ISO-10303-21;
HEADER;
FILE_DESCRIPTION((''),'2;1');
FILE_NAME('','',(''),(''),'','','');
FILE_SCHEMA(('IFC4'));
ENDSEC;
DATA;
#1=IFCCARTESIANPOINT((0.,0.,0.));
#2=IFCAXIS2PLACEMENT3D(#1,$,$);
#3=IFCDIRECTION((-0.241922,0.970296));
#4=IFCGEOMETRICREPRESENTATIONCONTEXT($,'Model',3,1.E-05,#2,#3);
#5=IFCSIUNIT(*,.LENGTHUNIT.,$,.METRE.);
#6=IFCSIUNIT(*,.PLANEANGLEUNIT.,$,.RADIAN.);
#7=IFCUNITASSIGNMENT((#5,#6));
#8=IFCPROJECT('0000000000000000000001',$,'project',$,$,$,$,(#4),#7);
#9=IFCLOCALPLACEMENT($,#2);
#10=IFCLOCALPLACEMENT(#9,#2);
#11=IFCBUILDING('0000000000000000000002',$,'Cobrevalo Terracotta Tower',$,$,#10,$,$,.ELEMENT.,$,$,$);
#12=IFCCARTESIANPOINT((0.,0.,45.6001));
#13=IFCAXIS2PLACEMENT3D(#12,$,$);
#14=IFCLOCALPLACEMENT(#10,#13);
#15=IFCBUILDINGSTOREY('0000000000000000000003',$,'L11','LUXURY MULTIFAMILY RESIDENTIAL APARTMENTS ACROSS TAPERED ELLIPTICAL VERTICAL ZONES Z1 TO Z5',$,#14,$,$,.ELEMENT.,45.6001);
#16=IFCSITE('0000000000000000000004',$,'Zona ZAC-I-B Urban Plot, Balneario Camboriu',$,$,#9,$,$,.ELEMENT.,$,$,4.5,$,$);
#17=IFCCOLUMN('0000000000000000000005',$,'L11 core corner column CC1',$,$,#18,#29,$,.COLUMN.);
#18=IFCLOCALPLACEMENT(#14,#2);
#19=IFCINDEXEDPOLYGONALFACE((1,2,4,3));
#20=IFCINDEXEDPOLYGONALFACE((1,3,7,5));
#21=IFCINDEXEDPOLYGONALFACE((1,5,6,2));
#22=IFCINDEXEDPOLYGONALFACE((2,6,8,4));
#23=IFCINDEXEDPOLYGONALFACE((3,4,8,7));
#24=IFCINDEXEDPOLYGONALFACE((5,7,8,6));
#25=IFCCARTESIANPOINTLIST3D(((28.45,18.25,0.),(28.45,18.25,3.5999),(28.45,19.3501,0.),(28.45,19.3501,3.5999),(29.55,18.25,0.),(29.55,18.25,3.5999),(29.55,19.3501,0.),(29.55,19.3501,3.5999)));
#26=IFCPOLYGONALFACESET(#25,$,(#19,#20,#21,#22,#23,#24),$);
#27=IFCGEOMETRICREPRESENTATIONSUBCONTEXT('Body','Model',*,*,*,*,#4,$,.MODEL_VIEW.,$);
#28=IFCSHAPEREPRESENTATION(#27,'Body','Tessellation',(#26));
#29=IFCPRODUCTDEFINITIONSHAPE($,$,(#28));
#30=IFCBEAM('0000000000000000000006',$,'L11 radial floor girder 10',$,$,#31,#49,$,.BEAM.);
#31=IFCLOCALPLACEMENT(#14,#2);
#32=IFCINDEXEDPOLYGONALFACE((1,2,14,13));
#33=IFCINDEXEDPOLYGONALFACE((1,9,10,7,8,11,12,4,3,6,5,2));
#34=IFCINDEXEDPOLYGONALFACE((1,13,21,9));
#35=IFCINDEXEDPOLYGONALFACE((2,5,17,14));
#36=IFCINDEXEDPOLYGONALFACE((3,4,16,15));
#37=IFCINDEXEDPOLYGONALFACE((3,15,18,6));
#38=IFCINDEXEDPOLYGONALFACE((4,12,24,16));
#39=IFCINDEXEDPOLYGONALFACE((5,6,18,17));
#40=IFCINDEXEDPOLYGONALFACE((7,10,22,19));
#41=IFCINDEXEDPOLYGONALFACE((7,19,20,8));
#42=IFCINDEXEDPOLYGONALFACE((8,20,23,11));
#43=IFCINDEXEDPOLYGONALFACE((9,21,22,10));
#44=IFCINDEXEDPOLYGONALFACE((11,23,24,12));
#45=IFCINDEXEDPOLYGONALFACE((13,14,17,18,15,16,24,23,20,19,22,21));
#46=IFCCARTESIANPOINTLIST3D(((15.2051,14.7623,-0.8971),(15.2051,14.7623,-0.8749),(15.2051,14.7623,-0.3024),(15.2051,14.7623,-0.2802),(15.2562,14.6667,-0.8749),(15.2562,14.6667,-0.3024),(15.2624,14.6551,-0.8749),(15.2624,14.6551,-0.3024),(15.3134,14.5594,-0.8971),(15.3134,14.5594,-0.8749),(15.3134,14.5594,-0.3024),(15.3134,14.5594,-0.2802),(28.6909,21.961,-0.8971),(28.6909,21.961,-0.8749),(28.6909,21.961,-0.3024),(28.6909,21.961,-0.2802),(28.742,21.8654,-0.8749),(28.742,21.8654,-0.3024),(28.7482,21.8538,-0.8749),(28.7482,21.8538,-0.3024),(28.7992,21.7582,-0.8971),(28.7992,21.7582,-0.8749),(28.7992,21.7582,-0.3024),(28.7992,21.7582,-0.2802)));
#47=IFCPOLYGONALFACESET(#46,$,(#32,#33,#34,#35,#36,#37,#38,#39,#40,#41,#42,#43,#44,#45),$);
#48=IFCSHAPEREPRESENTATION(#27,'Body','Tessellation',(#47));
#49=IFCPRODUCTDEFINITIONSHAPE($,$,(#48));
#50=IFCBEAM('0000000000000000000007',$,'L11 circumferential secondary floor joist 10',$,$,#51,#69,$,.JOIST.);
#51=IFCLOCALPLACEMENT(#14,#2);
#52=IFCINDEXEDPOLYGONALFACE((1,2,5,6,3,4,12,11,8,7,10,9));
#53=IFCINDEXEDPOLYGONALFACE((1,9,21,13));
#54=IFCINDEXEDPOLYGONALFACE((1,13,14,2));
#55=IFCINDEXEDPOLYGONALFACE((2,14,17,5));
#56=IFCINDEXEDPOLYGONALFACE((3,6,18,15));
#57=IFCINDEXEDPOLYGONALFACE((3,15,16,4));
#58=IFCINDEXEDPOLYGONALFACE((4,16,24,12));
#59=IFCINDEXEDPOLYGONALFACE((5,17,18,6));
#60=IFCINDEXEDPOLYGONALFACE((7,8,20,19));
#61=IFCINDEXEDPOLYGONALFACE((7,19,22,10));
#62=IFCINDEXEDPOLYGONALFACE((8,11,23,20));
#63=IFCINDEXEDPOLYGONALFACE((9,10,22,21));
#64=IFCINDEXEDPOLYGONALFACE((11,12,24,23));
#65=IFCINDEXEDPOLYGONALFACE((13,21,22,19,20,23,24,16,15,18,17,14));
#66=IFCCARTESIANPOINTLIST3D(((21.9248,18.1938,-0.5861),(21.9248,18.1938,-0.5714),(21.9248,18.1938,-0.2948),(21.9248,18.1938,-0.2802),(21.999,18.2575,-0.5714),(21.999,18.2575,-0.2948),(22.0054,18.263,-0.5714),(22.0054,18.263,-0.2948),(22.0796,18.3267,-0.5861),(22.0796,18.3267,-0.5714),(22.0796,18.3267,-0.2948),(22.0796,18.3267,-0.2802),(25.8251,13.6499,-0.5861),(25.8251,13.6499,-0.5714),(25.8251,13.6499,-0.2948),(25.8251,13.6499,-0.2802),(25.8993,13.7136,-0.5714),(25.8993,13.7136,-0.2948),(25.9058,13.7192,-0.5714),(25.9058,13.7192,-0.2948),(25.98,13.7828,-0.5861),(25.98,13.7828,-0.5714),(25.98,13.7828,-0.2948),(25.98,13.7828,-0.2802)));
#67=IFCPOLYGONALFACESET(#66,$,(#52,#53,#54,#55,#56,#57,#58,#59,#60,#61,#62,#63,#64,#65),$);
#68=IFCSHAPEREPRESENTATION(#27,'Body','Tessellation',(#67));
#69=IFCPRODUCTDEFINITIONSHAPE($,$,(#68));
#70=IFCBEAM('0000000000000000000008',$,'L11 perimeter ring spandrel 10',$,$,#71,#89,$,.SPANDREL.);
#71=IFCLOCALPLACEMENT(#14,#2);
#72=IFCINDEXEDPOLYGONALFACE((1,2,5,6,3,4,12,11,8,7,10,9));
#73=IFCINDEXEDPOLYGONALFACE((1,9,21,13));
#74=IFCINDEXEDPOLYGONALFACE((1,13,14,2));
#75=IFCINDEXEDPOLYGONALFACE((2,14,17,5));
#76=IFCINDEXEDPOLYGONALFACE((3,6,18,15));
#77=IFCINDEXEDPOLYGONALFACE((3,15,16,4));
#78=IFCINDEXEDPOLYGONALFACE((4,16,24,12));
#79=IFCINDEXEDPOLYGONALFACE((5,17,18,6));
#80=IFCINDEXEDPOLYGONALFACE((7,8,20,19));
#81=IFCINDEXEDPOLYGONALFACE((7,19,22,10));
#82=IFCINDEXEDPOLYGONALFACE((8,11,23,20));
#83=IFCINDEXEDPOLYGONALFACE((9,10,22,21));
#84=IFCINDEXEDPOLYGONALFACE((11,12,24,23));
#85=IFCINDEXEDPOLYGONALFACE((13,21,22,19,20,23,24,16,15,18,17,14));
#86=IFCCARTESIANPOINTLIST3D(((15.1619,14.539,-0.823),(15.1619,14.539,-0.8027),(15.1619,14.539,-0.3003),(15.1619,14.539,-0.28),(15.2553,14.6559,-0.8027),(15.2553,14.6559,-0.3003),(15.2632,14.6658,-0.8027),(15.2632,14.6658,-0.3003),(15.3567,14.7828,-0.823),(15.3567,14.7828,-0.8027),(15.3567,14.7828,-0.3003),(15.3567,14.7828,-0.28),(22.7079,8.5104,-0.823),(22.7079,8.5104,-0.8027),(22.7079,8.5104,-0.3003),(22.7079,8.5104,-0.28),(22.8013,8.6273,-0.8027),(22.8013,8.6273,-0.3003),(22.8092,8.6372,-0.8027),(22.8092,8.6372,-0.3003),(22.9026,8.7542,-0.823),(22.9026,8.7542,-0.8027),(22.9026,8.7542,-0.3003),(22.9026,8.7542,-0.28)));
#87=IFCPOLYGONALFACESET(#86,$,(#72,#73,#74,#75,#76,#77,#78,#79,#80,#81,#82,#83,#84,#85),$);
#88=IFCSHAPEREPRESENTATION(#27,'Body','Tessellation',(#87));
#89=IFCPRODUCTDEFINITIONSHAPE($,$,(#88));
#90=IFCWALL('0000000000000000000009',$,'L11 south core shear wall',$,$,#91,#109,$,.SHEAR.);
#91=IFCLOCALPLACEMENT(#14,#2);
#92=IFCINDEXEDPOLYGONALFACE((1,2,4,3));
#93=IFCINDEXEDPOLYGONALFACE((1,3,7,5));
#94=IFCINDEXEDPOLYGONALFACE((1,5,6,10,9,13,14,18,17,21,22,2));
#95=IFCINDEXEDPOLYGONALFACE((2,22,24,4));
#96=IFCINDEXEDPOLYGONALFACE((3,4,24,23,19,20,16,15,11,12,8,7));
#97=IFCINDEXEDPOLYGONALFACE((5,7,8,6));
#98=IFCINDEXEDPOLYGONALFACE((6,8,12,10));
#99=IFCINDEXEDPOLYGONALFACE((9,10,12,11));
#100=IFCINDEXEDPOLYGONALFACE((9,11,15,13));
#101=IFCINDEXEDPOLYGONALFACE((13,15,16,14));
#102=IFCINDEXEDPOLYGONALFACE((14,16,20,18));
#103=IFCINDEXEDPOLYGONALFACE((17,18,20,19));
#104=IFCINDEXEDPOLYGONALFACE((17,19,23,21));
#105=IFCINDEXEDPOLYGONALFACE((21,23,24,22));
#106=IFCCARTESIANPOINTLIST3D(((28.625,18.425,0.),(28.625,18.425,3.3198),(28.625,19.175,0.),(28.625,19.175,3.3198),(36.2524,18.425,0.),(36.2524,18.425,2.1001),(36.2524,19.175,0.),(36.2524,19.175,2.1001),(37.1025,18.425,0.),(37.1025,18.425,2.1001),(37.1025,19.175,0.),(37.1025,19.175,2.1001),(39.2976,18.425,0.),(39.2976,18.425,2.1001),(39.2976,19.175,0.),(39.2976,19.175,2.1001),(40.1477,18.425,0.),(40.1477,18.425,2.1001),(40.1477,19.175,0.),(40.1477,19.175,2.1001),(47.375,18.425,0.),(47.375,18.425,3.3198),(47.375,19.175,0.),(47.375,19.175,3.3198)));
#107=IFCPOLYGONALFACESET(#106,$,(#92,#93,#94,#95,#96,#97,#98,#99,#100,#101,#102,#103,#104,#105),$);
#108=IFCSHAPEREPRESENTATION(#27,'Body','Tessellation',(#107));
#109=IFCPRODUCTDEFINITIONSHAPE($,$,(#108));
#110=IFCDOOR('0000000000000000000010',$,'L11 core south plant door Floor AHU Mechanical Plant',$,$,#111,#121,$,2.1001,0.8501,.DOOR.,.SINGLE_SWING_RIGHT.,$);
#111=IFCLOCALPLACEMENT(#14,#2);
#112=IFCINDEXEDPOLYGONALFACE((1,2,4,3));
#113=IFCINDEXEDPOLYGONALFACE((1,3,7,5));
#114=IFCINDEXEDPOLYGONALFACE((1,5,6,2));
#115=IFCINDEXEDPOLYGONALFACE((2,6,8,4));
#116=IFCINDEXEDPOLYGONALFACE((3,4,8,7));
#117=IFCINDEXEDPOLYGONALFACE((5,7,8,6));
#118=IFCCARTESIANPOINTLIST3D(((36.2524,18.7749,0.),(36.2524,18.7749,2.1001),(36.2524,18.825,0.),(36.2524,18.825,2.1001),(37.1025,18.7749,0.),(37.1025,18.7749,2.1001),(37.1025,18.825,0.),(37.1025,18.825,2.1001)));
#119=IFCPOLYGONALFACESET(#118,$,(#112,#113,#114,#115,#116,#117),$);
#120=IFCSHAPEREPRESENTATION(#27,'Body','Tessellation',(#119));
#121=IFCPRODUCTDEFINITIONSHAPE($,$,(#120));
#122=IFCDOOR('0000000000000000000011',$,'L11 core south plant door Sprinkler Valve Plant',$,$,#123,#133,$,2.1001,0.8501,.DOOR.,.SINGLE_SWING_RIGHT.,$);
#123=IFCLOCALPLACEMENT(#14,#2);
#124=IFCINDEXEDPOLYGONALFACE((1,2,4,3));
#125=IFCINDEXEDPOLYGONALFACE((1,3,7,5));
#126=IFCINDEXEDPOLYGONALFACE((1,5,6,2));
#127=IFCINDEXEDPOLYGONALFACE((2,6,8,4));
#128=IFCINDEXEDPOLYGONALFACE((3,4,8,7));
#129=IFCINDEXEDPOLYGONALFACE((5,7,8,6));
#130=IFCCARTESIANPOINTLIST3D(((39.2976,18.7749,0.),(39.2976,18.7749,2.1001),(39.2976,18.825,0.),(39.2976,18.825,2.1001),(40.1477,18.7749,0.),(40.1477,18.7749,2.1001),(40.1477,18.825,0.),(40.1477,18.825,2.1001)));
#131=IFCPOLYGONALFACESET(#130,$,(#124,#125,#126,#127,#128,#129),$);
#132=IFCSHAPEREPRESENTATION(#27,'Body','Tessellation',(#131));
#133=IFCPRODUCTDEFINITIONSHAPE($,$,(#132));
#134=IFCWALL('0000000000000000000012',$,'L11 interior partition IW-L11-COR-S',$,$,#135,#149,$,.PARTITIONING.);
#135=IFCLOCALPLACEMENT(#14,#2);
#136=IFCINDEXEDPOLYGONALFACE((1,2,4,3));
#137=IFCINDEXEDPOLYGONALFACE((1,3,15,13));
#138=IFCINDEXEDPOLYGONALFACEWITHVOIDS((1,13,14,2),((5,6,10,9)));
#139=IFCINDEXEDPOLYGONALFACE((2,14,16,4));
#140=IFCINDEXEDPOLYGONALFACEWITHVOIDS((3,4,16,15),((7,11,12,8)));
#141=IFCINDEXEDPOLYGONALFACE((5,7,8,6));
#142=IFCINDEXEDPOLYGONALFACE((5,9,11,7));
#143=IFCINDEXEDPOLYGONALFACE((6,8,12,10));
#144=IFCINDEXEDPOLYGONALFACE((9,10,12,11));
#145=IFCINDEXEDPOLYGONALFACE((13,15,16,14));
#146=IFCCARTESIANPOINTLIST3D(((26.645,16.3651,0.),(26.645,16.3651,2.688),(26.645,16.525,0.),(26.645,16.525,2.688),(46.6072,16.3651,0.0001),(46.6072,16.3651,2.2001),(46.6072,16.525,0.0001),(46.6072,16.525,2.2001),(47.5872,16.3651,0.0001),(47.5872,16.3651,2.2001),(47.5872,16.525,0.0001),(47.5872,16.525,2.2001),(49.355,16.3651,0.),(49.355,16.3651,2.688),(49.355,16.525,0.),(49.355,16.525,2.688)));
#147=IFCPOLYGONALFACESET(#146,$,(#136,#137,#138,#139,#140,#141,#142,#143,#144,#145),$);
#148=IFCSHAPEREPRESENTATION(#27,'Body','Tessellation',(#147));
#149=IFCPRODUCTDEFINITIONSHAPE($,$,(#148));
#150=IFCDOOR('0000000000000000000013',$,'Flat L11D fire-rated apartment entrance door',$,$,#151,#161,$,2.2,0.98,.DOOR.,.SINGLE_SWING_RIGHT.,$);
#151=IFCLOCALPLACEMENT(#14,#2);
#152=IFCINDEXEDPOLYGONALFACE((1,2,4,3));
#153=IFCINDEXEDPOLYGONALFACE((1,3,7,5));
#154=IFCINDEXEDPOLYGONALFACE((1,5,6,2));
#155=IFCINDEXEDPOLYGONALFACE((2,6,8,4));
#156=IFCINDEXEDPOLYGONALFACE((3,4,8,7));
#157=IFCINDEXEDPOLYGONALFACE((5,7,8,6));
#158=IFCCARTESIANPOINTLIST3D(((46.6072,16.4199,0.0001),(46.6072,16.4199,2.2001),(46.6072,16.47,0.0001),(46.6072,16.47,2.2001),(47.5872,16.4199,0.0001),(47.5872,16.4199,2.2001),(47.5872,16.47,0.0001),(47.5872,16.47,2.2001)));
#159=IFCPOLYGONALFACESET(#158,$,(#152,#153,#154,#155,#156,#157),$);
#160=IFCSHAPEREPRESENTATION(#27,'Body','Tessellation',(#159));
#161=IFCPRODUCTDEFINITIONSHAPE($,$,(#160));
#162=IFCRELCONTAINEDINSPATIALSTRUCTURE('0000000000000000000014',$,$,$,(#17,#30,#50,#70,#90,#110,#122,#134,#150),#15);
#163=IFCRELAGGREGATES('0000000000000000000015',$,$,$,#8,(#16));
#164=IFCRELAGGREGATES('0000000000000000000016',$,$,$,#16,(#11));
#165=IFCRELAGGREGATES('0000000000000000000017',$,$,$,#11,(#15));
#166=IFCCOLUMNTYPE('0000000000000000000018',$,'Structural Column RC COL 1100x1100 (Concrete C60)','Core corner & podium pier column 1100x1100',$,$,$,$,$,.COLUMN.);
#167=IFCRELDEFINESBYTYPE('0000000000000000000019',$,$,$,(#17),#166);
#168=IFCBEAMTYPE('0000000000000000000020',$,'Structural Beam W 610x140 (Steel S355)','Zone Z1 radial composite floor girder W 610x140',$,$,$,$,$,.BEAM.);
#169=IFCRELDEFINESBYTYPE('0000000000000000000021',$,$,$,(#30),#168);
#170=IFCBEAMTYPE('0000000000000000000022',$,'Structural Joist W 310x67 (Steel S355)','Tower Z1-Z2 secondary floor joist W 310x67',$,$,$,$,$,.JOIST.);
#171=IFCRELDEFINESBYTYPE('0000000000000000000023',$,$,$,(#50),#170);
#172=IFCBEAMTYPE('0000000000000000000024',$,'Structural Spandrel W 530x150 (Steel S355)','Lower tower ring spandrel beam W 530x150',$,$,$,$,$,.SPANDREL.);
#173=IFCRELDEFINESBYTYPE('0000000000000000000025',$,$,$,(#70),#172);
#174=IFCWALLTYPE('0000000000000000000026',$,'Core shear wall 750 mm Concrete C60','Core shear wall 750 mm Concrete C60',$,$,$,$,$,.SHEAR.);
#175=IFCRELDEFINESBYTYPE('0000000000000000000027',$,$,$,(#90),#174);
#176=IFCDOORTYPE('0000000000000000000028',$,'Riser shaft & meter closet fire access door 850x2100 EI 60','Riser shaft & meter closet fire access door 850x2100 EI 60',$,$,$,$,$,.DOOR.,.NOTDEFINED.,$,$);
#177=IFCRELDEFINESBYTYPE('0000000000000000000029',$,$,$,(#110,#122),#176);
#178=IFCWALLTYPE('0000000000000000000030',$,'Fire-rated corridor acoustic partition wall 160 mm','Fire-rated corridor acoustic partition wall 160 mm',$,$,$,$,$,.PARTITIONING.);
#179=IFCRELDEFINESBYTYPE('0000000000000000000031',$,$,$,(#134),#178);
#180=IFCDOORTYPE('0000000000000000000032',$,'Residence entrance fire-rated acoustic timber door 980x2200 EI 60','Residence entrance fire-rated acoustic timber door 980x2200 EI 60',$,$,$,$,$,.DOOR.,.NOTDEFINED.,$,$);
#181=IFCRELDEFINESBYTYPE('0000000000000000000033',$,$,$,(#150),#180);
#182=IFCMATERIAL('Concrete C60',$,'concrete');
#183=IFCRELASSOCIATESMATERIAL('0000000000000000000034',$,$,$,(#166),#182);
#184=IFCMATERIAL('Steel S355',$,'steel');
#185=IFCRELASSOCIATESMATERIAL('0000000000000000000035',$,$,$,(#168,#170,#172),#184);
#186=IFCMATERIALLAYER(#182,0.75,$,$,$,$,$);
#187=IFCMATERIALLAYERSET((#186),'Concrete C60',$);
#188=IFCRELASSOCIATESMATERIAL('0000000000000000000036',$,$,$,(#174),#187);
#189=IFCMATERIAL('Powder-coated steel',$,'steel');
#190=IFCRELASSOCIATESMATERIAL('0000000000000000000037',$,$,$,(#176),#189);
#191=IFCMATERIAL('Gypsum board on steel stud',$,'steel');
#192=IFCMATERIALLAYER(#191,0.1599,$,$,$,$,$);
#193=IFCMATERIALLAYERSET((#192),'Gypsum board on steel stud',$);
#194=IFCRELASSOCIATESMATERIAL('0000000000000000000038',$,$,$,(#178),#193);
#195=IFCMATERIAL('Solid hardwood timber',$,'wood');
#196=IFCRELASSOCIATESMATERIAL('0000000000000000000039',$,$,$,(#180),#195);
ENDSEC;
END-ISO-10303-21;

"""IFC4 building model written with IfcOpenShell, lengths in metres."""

from ifc_helpers import new_model, si_unit, direction, frame, frame_2d, origin, origin_2d, place, context, subcontext, project, spatial, rectangle, i_section, extrude, source, transform, mapped, material, layer, layer_set, material_profile, profile_set, type_object, element, fill, save


model = new_model("IFC4")

# Units and contexts
model_context = context("Model", 3, precision=1e-05, world=origin(), true_north=direction((-0.241922, 0.970296)))
body_context = subcontext(model_context, "Body", "Model", "MODEL_VIEW")
ifc_project = project(units=[si_unit("LENGTHUNIT", "METRE"), si_unit("PLANEANGLEUNIT", "RADIAN")], contexts=[model_context])

# Site, building, storey
site_placement = place(None, origin())
site = spatial("IfcSite", under=ifc_project, at=site_placement, Name="Zona ZAC-I-B Urban Plot, Balneario Camboriu", CompositionType="ELEMENT", RefElevation=4.5)
building_placement = place(site_placement, origin())
building = spatial("IfcBuilding", under=site, at=building_placement, Name="Cobrevalo Terracotta Tower", CompositionType="ELEMENT")
storey_placement = place(building_placement, frame((0.0, 0.0, 45.6001)))
storey = spatial("IfcBuildingStorey", under=building, at=storey_placement, Name="L11", Description="LUXURY MULTIFAMILY RESIDENTIAL APARTMENTS ACROSS TAPERED ELLIPTICAL VERTICAL ZONES Z1 TO Z5", CompositionType="ELEMENT", Elevation=45.6001)

# Column
ifc_material_1 = material(Name="Concrete C60", Category="concrete")
ifc_material_profile_1 = material_profile(ifc_material_1, rectangle(XDim=1.1001, YDim=1.1001, at=origin_2d()), Name="RC COL 1100x1100")
ifc_profile_set_1 = profile_set([ifc_material_profile_1], Name="Concrete C60")
column_type = type_object("IfcColumnType", Name="Structural Column RC COL 1100x1100 (Concrete C60)", Description="Core corner & podium pier column 1100x1100", PredefinedType="COLUMN", material=ifc_profile_set_1)
column_placement = place(storey_placement, frame((29.0, 18.8, 0.0), z_axis=(0.0, 0.0, 1.0), x_axis=(1.0, 0.0, 0.0)))
element("IfcColumn", 1, at=column_placement, inside=storey, type_object=column_type, Name="L11 core corner column CC1", PredefinedType="COLUMN", context=body_context, shape_type="SweptSolid", body=[
    extrude(rectangle(XDim=1.1001, YDim=1.1001, at=origin_2d()), origin(), (0.0, 0.0, 1.0), 3.5999),
])

# Beams
ifc_material_2 = material(Name="Steel S355", Category="steel")
ifc_material_profile_2 = material_profile(ifc_material_2, i_section(OverallWidth=0.23, OverallDepth=0.6169, WebThickness=0.0132, FlangeThickness=0.0222, at=origin_2d()), Name="W 610x140")
ifc_profile_set_2 = profile_set([ifc_material_profile_2], Name="Steel S355")
beam_type_1 = type_object("IfcBeamType", Name="Structural Beam W 610x140 (Steel S355)", Description="Zone Z1 radial composite floor girder W 610x140", PredefinedType="BEAM", material=ifc_profile_set_2)
beam_1_placement = place(storey_placement, frame((15.2593, 14.6609, -0.5886), z_axis=(0.882182, 0.470908, 0.0), x_axis=(-0.470908, 0.882182, 0.0)))
element("IfcBeam", 2, at=beam_1_placement, inside=storey, type_object=beam_type_1, Name="L11 radial floor girder 10", PredefinedType="BEAM", context=body_context, shape_type="SweptSolid", body=[
    extrude(i_section(OverallWidth=0.23, OverallDepth=0.6169, WebThickness=0.0132, FlangeThickness=0.0222, at=origin_2d()), origin(), (0.0, 0.0, 1.0), 15.2869),
])
ifc_material_profile_3 = material_profile(ifc_material_2, i_section(OverallWidth=0.2041, OverallDepth=0.3059, WebThickness=0.0085, FlangeThickness=0.0146, at=origin_2d()), Name="W 310x67")
ifc_profile_set_3 = profile_set([ifc_material_profile_3], Name="Steel S355")
beam_type_2 = type_object("IfcBeamType", Name="Structural Joist W 310x67 (Steel S355)", Description="Tower Z1-Z2 secondary floor joist W 310x67", PredefinedType="JOIST", material=ifc_profile_set_3)
beam_2_placement = place(storey_placement, frame((22.0022, 18.2603, -0.4331), z_axis=(0.651328, -0.758796, 0.0), x_axis=(0.758796, 0.651328, 0.0)))
element("IfcBeam", 3, at=beam_2_placement, inside=storey, type_object=beam_type_2, Name="L11 circumferential secondary floor joist 10", PredefinedType="JOIST", context=body_context, shape_type="SweptSolid", body=[
    extrude(i_section(OverallWidth=0.2041, OverallDepth=0.3059, WebThickness=0.0085, FlangeThickness=0.0146, at=origin_2d()), origin(), (0.0, 0.0, 1.0), 5.9883),
])
ifc_material_profile_4 = material_profile(ifc_material_2, i_section(OverallWidth=0.312, OverallDepth=0.543, WebThickness=0.0127, FlangeThickness=0.0203, at=origin_2d()), Name="W 530x150")
ifc_profile_set_4 = profile_set([ifc_material_profile_4], Name="Steel S355")
beam_type_3 = type_object("IfcBeamType", Name="Structural Spandrel W 530x150 (Steel S355)", Description="Lower tower ring spandrel beam W 530x150", PredefinedType="SPANDREL", material=ifc_profile_set_4)
beam_3_placement = place(storey_placement, frame((15.2593, 14.6609, -0.5515), z_axis=(0.78128, -0.62418, 0.0), x_axis=(0.62418, 0.78128, 0.0)))
element("IfcBeam", 4, at=beam_3_placement, inside=storey, type_object=beam_type_3, Name="L11 perimeter ring spandrel 10", PredefinedType="SPANDREL", context=body_context, shape_type="SweptSolid", body=[
    extrude(i_section(OverallWidth=0.312, OverallDepth=0.543, WebThickness=0.0127, FlangeThickness=0.0203, at=origin_2d()), origin(), (0.0, 0.0, 1.0), 9.6584),
])

# Wall, openings, doors
ifc_layer_1 = layer(ifc_material_1, 0.75)
ifc_layer_set_1 = layer_set([ifc_layer_1], Name="Concrete C60")
wall_type_1 = type_object("IfcWallType", Name="Core shear wall 750 mm Concrete C60", Description="Core shear wall 750 mm Concrete C60", PredefinedType="SHEAR", material=ifc_layer_set_1)
wall_1_placement = place(storey_placement, frame((28.625, 18.8, 0.0), z_axis=(0.0, 0.0, 1.0), x_axis=(1.0, 0.0, 0.0)))
wall_1 = element("IfcWall", 5, at=wall_1_placement, inside=storey, type_object=wall_type_1, Name="L11 south core shear wall", PredefinedType="SHEAR", context=body_context, shape_type="SweptSolid", body=[
    extrude(rectangle(XDim=18.75, YDim=0.75, at=frame_2d((9.375, 0.0))), origin(), (0.0, 0.0, 1.0), 3.3198),
])
opening_1_placement = place(wall_1_placement, frame((7.6274, 0.0, 0.0)))
opening_1 = element("IfcOpeningElement", 6, at=opening_1_placement, cuts=wall_1, PredefinedType="OPENING", context=body_context, shape_type="SweptSolid", body=[
    extrude(rectangle(XDim=0.8501, YDim=2.1001, at=frame_2d((0.425, 1.05))), frame((0.0, 0.385, 0.0), z_axis=(0.0, -1.0, 0.0), x_axis=(1.0, 0.0, 0.0)), (0.0, 0.0, 1.0), 0.77),
])
opening_2_placement = place(wall_1_placement, frame((10.6726, 0.0, 0.0)))
opening_2 = element("IfcOpeningElement", 7, at=opening_2_placement, cuts=wall_1, PredefinedType="OPENING", context=body_context, shape_type="SweptSolid", body=[
    extrude(rectangle(XDim=0.8501, YDim=2.1001, at=frame_2d((0.425, 1.05))), frame((0.0, 0.385, 0.0), z_axis=(0.0, -1.0, 0.0), x_axis=(1.0, 0.0, 0.0)), (0.0, 0.0, 1.0), 0.77),
])
ifc_material_3 = material(Name="Powder-coated steel", Category="steel")
door_type_1 = type_object("IfcDoorType", Name="Riser shaft & meter closet fire access door 850x2100 EI 60", Description="Riser shaft & meter closet fire access door 850x2100 EI 60", OperationType="NOTDEFINED", PredefinedType="DOOR", material=ifc_material_3)
shared_shape_1 = source(origin(), body_context, "Body", "SweptSolid", [
    extrude(rectangle(XDim=0.8501, YDim=2.1001, at=frame_2d((0.425, 1.05))), frame((0.0, 0.0249, 0.0), z_axis=(0.0, -1.0, 0.0), x_axis=(1.0, 0.0, 0.0)), (0.0, 0.0, 1.0), 0.05),
])
door_1_placement = place(opening_1_placement, origin())
door_1 = element("IfcDoor", 8, at=door_1_placement, inside=storey, type_object=door_type_1, Name="L11 core south plant door Floor AHU Mechanical Plant", OperationType="SINGLE_SWING_RIGHT", OverallHeight=2.1001, OverallWidth=0.8501, PredefinedType="DOOR", context=body_context, shape_type="MappedRepresentation", body=[
    mapped(shared_shape_1, transform((0.0, 0.0, 0.0), scale=1.0)),
])
fill(opening_1, door_1)
door_2_placement = place(opening_2_placement, origin())
door_2 = element("IfcDoor", 9, at=door_2_placement, inside=storey, type_object=door_type_1, Name="L11 core south plant door Sprinkler Valve Plant", OperationType="SINGLE_SWING_RIGHT", OverallHeight=2.1001, OverallWidth=0.8501, PredefinedType="DOOR", context=body_context, shape_type="MappedRepresentation", body=[
    mapped(shared_shape_1, transform((0.0, 0.0, 0.0), scale=1.0)),
])
fill(opening_2, door_2)

# Wall, opening, door
ifc_material_4 = material(Name="Gypsum board on steel stud", Category="steel")
ifc_layer_2 = layer(ifc_material_4, 0.1599)
ifc_layer_set_2 = layer_set([ifc_layer_2], Name="Gypsum board on steel stud")
wall_type_2 = type_object("IfcWallType", Name="Fire-rated corridor acoustic partition wall 160 mm", Description="Fire-rated corridor acoustic partition wall 160 mm", PredefinedType="PARTITIONING", material=ifc_layer_set_2)
wall_2_placement = place(storey_placement, frame((26.645, 16.4451, 0.0), z_axis=(0.0, 0.0, 1.0), x_axis=(1.0, 0.0, 0.0)))
wall_2 = element("IfcWall", 10, at=wall_2_placement, inside=storey, type_object=wall_type_2, Name="L11 interior partition IW-L11-COR-S", PredefinedType="PARTITIONING", context=body_context, shape_type="SweptSolid", body=[
    extrude(rectangle(XDim=22.71, YDim=0.1599, at=frame_2d((11.355, 0.0))), origin(), (0.0, 0.0, 1.0), 2.688),
])
opening_3_placement = place(wall_2_placement, frame((19.9622, 0.0, 0.0)))
opening_3 = element("IfcOpeningElement", 11, at=opening_3_placement, cuts=wall_2, PredefinedType="OPENING", context=body_context, shape_type="SweptSolid", body=[
    extrude(rectangle(XDim=0.98, YDim=2.2, at=frame_2d((0.49, 1.1001))), frame((0.0, 0.0898, 0.0), z_axis=(0.0, -1.0, 0.0), x_axis=(1.0, 0.0, 0.0)), (0.0, 0.0, 1.0), 0.1799),
])
ifc_material_5 = material(Name="Solid hardwood timber", Category="wood")
door_type_2 = type_object("IfcDoorType", Name="Residence entrance fire-rated acoustic timber door 980x2200 EI 60", Description="Residence entrance fire-rated acoustic timber door 980x2200 EI 60", OperationType="NOTDEFINED", PredefinedType="DOOR", material=ifc_material_5)
shared_shape_2 = source(origin(), body_context, "Body", "SweptSolid", [
    extrude(rectangle(XDim=0.98, YDim=2.2, at=frame_2d((0.49, 1.1001))), frame((0.0, 0.0249, 0.0), z_axis=(0.0, -1.0, 0.0), x_axis=(1.0, 0.0, 0.0)), (0.0, 0.0, 1.0), 0.05),
])
door_3_placement = place(opening_3_placement, origin())
door_3 = element("IfcDoor", 12, at=door_3_placement, inside=storey, type_object=door_type_2, Name="Flat L11D fire-rated apartment entrance door", OperationType="SINGLE_SWING_RIGHT", OverallHeight=2.2, OverallWidth=0.98, PredefinedType="DOOR", context=body_context, shape_type="MappedRepresentation", body=[
    mapped(shared_shape_2, transform((0.0, 0.0, 0.0), scale=1.0)),
])
fill(opening_3, door_3)

save(model, "model.ifc")
